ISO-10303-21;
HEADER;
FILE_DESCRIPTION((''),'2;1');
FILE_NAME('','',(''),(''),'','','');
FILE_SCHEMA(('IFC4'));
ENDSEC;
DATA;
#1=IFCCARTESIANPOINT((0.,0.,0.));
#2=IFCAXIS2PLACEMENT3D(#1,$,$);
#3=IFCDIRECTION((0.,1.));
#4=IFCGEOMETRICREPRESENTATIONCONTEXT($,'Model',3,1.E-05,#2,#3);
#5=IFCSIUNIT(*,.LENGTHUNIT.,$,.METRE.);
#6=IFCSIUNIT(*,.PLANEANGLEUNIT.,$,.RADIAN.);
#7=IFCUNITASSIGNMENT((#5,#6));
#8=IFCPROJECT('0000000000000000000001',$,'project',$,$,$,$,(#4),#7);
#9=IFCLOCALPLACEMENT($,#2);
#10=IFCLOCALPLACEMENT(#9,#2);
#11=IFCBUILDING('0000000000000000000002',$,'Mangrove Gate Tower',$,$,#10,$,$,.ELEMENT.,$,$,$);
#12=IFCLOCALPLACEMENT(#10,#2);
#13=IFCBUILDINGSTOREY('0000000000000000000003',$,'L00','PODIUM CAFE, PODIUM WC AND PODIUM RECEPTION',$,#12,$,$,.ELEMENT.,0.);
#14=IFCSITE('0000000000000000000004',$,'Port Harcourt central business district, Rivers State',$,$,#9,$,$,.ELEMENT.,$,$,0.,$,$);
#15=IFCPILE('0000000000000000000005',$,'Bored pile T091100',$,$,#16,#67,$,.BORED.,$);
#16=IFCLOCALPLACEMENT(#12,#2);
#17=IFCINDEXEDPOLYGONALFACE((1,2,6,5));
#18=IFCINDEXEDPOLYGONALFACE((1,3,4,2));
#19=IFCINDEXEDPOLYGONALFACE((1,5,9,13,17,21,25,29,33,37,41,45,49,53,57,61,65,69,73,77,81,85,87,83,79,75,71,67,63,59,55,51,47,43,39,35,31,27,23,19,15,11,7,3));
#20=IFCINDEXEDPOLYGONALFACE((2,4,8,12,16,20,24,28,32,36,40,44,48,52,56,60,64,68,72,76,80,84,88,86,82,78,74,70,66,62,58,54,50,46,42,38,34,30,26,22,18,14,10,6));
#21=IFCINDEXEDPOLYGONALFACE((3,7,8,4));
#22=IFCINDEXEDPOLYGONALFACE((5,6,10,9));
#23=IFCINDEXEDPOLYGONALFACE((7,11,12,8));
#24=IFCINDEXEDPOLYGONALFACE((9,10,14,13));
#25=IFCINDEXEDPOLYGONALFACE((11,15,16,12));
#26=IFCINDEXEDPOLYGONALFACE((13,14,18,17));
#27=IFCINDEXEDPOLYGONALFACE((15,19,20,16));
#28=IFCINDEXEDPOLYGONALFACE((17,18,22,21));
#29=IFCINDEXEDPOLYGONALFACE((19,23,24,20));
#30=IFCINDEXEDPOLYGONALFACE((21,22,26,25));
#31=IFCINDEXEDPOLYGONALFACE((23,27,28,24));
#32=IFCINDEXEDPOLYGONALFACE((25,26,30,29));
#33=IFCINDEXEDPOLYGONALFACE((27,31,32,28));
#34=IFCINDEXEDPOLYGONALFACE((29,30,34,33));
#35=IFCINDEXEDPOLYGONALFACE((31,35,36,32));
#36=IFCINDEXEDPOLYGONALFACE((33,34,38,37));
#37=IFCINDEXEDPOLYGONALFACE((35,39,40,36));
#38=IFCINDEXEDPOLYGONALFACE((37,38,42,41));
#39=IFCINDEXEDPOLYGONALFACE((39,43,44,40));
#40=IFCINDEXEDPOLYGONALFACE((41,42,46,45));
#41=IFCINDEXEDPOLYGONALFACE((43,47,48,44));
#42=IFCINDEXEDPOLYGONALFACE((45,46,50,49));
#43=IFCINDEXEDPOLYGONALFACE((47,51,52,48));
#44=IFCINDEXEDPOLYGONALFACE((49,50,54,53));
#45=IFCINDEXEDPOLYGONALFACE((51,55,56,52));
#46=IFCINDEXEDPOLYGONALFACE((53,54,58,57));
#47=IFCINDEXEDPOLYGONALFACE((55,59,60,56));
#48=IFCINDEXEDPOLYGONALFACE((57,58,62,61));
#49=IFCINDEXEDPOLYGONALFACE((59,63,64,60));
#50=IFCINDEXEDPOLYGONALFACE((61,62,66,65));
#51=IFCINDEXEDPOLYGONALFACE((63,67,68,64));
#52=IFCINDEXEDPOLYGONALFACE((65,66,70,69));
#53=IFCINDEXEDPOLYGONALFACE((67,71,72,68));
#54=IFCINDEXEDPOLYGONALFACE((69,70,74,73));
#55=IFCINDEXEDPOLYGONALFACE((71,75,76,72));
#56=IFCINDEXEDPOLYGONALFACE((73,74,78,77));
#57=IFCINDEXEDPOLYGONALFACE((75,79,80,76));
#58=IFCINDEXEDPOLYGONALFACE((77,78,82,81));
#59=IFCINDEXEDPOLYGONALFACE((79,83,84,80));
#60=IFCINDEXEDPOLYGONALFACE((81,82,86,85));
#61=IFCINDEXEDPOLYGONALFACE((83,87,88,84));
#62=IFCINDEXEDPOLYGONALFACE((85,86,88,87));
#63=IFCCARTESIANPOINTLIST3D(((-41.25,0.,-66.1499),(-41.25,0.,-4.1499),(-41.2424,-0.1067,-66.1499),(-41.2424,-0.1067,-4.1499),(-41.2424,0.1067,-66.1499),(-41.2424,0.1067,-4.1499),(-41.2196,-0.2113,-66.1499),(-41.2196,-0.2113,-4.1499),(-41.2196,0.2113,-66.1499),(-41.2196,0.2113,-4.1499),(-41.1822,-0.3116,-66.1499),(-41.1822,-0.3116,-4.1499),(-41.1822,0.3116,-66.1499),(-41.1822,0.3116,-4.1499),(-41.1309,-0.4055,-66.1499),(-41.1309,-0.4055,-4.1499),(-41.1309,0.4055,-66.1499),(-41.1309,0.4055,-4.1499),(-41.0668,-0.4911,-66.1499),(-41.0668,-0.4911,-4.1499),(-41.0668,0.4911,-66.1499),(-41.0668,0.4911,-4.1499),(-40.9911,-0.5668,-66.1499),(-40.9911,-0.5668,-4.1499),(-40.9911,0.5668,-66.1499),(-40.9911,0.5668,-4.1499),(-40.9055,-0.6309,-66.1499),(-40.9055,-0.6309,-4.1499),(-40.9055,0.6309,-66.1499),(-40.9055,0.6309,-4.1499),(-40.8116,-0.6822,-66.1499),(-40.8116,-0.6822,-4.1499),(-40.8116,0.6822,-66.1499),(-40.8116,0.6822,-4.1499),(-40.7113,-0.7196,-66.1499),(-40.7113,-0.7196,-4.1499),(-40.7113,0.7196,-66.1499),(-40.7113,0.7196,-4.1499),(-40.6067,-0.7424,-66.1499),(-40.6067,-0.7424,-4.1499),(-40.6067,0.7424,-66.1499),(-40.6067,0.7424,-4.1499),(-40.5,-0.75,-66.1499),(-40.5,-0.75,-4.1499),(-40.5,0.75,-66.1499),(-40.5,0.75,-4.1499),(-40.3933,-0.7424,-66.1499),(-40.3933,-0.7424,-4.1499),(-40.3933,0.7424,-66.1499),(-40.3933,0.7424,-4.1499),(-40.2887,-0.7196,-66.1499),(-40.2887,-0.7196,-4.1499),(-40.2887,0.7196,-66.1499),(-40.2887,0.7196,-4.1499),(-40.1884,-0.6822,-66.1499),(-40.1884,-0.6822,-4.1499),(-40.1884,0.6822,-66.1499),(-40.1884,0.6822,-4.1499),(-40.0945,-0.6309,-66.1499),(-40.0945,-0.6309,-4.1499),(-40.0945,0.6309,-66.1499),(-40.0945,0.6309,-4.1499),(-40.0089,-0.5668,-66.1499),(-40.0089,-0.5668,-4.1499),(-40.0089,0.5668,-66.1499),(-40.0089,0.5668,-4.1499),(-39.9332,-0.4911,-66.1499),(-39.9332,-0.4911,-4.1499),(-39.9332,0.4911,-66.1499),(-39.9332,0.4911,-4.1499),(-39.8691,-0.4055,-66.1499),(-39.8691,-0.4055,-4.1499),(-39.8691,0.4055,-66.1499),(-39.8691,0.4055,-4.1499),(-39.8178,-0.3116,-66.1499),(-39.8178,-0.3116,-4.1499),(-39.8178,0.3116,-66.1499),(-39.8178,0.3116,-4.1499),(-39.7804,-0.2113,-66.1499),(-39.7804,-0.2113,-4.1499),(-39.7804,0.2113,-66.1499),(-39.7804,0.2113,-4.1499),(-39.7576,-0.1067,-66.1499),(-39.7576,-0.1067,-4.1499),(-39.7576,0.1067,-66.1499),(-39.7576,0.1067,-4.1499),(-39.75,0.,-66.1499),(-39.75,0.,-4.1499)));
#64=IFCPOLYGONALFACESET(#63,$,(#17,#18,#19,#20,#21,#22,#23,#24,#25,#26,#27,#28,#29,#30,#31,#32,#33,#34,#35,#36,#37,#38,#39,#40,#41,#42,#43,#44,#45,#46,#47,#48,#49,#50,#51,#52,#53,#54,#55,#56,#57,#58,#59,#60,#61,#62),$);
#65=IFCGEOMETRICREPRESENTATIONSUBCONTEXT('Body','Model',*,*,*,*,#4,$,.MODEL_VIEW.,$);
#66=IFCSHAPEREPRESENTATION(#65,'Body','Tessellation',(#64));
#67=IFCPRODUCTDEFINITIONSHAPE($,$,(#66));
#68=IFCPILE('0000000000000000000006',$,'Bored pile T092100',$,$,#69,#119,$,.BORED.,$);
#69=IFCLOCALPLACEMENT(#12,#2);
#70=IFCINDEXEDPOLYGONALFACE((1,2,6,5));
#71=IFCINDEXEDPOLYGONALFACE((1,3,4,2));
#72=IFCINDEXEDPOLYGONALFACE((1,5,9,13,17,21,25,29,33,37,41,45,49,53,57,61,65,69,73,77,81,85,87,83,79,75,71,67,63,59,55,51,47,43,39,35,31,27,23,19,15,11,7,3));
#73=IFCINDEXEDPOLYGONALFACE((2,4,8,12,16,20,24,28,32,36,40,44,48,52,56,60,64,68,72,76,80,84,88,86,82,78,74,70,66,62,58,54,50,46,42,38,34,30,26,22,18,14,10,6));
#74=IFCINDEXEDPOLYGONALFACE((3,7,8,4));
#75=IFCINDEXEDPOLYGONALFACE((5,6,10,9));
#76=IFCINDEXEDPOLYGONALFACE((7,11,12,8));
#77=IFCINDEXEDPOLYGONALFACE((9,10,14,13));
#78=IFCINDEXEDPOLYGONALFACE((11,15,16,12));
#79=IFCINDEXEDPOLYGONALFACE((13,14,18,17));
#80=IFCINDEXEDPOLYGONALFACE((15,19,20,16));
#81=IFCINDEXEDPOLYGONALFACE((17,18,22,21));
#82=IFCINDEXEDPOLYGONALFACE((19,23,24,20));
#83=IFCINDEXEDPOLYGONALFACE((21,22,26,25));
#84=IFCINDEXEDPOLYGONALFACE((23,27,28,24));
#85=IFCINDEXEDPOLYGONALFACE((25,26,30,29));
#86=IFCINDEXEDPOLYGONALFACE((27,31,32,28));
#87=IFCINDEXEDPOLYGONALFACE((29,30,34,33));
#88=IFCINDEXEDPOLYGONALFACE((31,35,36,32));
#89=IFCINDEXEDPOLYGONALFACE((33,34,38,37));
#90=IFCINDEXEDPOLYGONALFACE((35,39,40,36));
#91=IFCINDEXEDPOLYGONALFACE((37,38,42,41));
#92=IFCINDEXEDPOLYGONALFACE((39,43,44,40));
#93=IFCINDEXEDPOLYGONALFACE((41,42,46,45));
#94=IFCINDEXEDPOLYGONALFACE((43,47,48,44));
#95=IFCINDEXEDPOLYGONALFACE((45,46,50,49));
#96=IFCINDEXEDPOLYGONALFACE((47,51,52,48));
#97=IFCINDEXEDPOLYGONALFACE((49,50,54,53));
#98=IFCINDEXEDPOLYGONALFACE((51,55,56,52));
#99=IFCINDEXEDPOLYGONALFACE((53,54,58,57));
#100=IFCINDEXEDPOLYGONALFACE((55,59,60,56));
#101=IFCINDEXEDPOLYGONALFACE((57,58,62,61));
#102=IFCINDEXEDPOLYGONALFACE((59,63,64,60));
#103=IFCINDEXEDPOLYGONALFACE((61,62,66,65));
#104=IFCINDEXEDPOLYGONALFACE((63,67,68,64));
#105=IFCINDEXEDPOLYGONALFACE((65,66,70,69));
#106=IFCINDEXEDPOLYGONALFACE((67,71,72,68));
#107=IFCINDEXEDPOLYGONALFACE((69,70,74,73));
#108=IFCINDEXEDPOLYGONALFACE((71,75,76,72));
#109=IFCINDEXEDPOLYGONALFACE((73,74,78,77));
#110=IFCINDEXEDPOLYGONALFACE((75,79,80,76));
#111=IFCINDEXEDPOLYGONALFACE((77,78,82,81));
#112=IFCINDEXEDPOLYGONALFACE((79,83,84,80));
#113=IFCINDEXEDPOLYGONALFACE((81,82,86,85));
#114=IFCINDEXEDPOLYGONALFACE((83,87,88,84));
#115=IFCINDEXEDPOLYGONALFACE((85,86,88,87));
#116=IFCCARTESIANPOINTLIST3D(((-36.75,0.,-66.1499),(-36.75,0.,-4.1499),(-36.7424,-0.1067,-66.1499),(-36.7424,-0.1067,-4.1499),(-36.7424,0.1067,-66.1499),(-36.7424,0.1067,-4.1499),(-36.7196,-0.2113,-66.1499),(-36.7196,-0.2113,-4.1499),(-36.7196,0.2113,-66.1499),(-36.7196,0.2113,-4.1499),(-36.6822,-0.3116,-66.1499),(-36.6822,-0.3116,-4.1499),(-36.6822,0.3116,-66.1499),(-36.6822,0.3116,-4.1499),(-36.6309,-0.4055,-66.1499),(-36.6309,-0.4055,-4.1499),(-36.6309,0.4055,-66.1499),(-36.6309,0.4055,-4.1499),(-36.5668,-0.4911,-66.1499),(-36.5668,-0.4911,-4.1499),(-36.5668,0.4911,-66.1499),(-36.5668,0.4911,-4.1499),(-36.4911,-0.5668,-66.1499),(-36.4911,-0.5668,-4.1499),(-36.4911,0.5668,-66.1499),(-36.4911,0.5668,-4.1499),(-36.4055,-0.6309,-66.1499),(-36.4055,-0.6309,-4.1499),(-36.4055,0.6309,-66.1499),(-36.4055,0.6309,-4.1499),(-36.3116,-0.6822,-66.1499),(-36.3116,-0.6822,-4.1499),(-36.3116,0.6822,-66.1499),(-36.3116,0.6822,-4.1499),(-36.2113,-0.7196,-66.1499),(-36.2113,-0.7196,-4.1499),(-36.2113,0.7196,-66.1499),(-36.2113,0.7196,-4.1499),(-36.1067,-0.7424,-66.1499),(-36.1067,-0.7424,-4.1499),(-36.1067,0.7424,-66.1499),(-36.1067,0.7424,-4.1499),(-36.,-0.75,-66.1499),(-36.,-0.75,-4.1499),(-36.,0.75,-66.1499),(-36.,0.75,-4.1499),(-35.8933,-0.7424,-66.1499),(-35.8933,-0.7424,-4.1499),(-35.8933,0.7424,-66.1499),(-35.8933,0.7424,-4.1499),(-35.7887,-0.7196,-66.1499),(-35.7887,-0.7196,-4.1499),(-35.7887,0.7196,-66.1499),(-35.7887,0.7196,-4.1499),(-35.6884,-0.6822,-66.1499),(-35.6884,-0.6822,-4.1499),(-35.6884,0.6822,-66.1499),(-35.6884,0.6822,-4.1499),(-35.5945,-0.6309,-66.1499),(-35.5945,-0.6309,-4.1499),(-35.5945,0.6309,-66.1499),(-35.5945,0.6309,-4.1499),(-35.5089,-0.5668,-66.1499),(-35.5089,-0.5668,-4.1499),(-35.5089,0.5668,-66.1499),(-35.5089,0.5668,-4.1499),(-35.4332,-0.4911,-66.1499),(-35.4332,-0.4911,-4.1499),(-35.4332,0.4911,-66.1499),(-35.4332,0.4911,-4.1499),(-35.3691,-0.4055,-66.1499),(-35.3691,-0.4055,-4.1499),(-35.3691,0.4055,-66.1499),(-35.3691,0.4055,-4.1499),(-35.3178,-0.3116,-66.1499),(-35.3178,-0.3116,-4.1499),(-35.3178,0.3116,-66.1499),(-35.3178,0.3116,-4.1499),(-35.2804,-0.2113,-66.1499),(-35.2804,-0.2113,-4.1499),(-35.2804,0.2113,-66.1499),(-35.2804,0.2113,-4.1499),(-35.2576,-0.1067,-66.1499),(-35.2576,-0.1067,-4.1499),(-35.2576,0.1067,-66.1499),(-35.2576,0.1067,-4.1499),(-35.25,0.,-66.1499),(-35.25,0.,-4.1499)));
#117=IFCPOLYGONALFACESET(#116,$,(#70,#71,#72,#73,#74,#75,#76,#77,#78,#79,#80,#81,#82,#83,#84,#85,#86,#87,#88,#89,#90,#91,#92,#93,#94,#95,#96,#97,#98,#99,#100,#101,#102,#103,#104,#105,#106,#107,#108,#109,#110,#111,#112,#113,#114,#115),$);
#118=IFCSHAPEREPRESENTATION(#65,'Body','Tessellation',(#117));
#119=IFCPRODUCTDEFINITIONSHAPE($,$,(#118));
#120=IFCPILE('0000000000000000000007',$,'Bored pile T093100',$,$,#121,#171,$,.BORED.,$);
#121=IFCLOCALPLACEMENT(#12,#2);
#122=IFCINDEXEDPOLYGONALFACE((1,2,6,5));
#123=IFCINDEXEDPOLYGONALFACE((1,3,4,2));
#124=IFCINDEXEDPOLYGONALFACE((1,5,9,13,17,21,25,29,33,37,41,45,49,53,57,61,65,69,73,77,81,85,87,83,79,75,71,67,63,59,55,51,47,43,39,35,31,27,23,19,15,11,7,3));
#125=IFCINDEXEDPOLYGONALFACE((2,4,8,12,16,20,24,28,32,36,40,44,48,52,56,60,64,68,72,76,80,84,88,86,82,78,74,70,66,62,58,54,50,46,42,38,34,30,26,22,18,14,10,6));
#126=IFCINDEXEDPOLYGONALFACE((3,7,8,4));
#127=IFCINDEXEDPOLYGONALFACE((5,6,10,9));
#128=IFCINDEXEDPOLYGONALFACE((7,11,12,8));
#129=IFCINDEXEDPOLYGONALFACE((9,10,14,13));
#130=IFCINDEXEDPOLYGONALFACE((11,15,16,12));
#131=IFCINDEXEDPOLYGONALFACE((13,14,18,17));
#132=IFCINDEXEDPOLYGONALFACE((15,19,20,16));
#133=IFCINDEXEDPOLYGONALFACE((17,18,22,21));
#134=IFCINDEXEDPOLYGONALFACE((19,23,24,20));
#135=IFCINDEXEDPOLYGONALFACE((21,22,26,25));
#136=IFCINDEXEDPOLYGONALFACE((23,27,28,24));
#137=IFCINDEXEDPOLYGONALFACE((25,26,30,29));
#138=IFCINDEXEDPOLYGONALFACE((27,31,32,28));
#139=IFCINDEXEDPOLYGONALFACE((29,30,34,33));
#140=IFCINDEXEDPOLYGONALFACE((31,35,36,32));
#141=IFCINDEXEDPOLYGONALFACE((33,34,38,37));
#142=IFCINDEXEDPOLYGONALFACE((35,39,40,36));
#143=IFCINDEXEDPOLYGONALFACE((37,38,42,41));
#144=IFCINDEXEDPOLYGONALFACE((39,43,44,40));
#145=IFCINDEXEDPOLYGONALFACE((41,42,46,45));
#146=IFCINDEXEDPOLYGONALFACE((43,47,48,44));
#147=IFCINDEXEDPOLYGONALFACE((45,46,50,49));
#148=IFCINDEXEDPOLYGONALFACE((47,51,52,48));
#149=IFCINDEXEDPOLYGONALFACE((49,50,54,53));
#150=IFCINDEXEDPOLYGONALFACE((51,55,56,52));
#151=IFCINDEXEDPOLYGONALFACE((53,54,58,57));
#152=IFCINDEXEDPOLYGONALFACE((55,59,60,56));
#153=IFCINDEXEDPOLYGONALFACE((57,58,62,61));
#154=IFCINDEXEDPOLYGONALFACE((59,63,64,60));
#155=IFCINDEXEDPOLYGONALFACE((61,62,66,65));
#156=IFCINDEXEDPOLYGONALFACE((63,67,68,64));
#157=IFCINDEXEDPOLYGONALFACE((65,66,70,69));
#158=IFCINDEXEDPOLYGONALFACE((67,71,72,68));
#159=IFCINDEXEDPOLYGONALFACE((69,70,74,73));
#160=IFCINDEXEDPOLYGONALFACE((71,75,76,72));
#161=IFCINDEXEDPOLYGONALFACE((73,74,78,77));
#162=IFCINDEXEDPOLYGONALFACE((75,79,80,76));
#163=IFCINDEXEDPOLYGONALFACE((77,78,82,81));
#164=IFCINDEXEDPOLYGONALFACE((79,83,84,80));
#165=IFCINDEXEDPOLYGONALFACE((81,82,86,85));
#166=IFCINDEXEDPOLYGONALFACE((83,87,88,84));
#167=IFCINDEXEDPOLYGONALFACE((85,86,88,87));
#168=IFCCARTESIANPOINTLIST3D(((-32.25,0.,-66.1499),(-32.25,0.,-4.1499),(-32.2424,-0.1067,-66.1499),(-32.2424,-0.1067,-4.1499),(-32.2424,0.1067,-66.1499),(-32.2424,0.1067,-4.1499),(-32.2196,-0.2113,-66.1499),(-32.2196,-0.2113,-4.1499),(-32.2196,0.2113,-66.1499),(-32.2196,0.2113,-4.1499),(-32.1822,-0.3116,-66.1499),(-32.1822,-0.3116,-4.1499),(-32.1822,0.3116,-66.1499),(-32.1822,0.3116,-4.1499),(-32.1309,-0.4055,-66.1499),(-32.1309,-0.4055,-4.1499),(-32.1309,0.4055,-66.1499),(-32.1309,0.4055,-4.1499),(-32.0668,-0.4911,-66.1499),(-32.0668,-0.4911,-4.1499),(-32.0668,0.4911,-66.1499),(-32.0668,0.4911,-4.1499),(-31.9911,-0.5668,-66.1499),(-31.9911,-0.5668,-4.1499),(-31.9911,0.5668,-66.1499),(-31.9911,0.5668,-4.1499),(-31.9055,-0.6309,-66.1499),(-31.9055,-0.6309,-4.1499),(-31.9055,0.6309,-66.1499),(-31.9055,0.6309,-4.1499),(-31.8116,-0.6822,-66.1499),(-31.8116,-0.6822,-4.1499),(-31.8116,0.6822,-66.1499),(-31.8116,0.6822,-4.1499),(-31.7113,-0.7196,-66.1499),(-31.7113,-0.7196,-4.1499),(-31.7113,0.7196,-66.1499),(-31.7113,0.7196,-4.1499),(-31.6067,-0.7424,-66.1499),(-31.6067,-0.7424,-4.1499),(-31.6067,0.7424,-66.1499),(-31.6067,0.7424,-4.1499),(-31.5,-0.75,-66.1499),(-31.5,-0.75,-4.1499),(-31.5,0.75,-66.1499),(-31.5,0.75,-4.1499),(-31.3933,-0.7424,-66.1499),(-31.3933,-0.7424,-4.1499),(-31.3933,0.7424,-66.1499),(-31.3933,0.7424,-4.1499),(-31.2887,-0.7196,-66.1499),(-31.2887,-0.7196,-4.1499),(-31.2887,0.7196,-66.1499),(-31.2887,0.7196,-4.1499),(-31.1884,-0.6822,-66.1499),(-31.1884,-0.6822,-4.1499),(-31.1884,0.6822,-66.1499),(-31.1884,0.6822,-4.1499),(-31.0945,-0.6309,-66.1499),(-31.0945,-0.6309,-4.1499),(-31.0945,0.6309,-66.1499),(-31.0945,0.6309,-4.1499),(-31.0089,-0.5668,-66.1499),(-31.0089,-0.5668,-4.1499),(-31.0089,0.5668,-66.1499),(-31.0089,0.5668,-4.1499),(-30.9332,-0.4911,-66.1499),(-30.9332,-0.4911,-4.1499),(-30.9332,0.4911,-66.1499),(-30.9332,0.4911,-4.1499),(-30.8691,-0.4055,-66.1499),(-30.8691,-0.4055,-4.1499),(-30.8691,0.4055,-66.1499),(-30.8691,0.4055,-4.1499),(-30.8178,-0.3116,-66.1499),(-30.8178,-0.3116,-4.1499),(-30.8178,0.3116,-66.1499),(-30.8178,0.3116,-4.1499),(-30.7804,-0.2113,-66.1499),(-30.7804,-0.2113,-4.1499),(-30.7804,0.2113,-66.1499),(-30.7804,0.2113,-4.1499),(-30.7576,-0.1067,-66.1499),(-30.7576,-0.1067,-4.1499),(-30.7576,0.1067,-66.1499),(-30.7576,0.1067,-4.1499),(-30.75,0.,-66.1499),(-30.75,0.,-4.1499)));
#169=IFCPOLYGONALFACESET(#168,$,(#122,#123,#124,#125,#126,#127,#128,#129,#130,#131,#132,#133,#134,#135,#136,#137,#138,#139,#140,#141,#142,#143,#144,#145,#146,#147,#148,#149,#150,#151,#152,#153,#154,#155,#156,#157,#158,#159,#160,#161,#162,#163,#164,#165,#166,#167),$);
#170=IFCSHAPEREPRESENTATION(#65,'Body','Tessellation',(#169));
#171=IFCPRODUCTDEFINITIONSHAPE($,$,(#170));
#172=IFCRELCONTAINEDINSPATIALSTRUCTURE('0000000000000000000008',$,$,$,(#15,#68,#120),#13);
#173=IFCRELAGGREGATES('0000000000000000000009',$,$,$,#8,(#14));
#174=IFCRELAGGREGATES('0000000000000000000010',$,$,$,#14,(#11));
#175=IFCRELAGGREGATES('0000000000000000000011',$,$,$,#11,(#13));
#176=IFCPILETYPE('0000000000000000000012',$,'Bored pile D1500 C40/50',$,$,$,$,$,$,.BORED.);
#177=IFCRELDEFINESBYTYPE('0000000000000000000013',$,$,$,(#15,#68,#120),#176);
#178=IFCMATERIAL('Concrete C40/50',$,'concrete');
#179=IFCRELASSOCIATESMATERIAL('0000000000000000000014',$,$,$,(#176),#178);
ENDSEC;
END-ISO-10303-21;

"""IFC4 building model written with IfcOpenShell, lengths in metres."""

from ifc_helpers import new_model, si_unit, direction, frame, origin, origin_2d, place, context, subcontext, project, spatial, circle, extrude, material, material_profile, profile_set, type_object, element, save


model = new_model("IFC4")

# Units and contexts
model_context = context("Model", 3, precision=1e-05, world=origin(), true_north=direction((0.0, 1.0)))
body_context = subcontext(model_context, "Body", "Model", "MODEL_VIEW")
ifc_project = project(units=[si_unit("LENGTHUNIT", "METRE"), si_unit("PLANEANGLEUNIT", "RADIAN")], contexts=[model_context])

# Site, building, storey
site_placement = place(None, origin())
site = spatial("IfcSite", under=ifc_project, at=site_placement, Name="Port Harcourt central business district, Rivers State", CompositionType="ELEMENT", RefElevation=0.0)
building_placement = place(site_placement, origin())
building = spatial("IfcBuilding", under=site, at=building_placement, Name="Mangrove Gate Tower", CompositionType="ELEMENT")
storey_placement = place(building_placement, origin())
storey = spatial("IfcBuildingStorey", under=building, at=storey_placement, Name="L00", Description="PODIUM CAFE, PODIUM WC AND PODIUM RECEPTION", CompositionType="ELEMENT", Elevation=0.0)

# Piles
ifc_material_1 = material(Name="Concrete C40/50", Category="concrete")
ifc_material_profile_1 = material_profile(ifc_material_1, circle(Radius=0.75, at=origin_2d()))
ifc_profile_set_1 = profile_set([ifc_material_profile_1], Name="Concrete C40/50")
pile_type = type_object("IfcPileType", Name="Bored pile D1500 C40/50", PredefinedType="BORED", material=ifc_profile_set_1)
for number, where, z_axis, x_axis, name in (
    (1, (-40.5, 0.0, -4.1499), (0.0, 0.0, -1.0), (1.0, 0.0, 0.0), "Bored pile T091100"),
    (2, (-36.0, 0.0, -4.1499), (0.0, 0.0, -1.0), (1.0, 0.0, 0.0), "Bored pile T092100"),
    (3, (-31.5, 0.0, -4.1499), (0.0, 0.0, -1.0), (1.0, 0.0, 0.0), "Bored pile T093100"),
):
    element("IfcPile", number, at=place(storey_placement, frame(where, z_axis=z_axis, x_axis=x_axis)), inside=storey, type_object=pile_type, Name=name, PredefinedType="BORED", context=body_context, shape_type="SweptSolid", body=[
        extrude(circle(Radius=0.75, at=origin_2d()), origin(), (0.0, 0.0, 1.0), 62.0),
    ])

save(model, "model.ifc")
